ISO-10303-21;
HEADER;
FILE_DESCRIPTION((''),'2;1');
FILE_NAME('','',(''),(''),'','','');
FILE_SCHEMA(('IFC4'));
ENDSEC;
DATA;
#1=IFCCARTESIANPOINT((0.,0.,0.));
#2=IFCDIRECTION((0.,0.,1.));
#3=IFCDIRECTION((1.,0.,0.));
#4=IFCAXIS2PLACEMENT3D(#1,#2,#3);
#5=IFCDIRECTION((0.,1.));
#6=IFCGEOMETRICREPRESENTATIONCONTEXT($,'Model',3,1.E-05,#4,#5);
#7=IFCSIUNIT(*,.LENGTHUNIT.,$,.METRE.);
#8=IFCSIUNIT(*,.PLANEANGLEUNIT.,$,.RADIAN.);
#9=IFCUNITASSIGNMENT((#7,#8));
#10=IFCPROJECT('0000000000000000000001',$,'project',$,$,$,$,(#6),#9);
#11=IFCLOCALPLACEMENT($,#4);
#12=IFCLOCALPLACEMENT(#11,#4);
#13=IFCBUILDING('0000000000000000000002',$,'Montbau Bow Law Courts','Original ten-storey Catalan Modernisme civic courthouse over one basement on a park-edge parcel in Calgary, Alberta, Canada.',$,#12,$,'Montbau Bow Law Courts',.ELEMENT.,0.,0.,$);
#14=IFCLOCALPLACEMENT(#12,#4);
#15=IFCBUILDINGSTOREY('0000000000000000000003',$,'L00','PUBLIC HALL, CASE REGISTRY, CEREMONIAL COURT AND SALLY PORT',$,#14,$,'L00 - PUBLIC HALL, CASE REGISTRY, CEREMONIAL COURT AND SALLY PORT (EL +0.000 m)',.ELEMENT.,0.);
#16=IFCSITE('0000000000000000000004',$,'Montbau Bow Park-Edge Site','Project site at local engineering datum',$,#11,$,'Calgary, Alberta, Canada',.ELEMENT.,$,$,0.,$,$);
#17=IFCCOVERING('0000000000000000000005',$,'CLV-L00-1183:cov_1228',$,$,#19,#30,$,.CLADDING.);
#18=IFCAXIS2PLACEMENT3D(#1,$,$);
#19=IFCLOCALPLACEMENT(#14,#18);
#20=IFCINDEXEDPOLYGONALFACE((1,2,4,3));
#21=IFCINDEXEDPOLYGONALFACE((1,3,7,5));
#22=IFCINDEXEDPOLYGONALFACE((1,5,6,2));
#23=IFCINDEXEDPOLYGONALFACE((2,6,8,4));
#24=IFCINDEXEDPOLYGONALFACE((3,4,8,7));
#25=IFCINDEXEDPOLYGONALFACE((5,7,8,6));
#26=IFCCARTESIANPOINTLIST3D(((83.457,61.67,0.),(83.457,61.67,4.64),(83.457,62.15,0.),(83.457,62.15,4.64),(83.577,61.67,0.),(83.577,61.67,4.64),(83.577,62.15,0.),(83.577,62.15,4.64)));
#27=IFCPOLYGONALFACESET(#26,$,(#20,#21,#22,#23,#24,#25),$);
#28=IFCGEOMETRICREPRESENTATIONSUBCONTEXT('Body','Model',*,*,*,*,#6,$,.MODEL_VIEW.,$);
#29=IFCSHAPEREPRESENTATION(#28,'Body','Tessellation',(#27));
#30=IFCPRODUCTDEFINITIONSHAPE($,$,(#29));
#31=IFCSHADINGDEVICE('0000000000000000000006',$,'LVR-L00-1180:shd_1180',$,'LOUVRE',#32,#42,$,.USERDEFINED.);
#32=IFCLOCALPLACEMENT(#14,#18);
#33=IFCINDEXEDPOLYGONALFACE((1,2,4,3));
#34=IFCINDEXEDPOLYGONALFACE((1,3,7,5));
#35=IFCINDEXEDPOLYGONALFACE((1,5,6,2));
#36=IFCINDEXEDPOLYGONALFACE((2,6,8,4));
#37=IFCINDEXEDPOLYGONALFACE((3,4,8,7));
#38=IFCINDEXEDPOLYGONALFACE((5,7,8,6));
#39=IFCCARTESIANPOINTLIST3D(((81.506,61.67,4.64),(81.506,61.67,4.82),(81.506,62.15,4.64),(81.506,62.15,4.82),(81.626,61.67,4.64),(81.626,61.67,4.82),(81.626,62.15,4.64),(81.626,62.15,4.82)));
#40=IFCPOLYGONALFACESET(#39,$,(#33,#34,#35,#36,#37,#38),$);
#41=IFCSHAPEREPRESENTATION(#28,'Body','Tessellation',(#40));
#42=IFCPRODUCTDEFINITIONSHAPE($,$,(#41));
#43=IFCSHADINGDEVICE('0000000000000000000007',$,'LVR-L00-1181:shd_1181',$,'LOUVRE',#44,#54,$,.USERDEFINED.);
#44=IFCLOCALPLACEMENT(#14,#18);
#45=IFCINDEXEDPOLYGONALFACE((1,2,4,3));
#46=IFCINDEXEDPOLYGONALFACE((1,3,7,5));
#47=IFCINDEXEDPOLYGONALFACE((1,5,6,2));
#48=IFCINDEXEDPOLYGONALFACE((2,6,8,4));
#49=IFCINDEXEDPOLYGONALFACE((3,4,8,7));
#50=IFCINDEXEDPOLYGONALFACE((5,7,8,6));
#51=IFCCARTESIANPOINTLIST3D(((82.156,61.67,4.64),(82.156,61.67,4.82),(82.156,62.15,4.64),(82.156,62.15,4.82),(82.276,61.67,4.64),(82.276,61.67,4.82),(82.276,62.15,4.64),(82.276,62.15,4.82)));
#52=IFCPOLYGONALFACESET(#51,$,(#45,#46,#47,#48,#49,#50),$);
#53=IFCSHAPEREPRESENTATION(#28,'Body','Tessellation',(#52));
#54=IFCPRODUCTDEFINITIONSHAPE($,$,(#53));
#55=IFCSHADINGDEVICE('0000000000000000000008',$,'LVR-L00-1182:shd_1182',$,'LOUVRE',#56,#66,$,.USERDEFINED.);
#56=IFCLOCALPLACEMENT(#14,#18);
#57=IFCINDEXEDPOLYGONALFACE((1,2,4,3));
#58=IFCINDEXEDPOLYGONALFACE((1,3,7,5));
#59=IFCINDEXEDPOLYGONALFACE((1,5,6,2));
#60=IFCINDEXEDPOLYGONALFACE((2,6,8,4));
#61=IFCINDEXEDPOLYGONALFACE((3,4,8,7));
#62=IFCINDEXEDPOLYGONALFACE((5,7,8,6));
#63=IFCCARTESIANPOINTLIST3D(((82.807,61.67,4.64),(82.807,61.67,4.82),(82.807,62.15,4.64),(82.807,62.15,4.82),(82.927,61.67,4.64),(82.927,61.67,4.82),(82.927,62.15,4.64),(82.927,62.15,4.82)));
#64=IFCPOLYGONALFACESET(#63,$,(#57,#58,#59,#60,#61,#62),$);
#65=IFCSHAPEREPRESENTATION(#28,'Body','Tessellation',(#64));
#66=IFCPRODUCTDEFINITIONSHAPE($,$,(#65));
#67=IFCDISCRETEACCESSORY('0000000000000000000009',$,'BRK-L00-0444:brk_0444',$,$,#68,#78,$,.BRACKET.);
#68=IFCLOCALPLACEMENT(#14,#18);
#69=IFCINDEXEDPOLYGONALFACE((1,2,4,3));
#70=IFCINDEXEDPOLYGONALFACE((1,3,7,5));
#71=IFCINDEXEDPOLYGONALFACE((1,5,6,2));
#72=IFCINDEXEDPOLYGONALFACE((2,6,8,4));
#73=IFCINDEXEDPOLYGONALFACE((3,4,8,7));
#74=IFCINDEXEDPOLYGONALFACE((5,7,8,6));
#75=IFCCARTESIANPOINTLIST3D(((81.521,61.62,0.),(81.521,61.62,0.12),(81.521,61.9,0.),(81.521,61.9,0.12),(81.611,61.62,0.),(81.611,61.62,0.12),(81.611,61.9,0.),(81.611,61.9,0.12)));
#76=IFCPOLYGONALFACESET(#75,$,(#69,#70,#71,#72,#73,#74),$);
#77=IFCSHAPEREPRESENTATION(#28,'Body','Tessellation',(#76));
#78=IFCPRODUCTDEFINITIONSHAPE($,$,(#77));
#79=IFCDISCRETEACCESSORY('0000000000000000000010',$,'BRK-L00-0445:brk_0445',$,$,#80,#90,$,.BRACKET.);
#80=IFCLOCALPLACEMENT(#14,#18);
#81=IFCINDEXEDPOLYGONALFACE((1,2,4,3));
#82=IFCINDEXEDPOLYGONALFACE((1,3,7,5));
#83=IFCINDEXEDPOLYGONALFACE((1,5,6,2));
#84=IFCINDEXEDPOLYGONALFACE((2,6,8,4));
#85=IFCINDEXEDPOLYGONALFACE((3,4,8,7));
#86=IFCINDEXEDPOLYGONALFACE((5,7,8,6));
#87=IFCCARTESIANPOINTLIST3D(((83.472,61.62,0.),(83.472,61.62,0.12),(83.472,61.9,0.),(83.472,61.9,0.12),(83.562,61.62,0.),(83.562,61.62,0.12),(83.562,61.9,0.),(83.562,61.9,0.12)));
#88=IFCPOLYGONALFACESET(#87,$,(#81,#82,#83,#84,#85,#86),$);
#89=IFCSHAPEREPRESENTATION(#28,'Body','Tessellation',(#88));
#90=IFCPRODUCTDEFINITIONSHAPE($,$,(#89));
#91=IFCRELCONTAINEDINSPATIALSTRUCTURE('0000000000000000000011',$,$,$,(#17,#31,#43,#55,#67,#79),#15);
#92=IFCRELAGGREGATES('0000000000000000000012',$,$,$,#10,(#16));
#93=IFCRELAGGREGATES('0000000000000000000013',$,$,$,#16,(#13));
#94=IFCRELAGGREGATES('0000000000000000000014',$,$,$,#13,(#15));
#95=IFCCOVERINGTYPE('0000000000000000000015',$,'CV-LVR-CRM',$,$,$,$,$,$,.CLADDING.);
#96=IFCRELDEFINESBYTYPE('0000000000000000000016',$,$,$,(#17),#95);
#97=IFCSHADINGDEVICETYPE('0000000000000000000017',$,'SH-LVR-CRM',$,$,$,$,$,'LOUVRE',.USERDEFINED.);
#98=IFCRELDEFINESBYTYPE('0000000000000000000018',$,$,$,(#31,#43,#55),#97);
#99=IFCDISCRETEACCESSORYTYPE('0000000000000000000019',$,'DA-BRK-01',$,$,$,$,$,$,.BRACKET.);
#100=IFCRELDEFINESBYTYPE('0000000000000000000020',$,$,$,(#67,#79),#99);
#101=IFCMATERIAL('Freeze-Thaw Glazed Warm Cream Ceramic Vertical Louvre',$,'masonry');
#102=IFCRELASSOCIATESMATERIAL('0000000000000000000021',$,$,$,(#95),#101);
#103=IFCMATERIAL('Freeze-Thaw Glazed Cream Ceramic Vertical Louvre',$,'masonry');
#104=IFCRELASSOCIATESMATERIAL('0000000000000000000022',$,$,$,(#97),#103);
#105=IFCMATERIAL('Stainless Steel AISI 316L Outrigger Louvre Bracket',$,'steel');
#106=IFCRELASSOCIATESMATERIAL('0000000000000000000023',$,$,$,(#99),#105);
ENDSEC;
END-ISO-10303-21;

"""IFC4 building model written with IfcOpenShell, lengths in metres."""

from ifc_helpers import new_model, si_unit, direction, frame, frame_2d, origin_with_axes, origin_2d_with_axis, place, context, subcontext, project, spatial, rectangle, extrude, material, type_object, element, save


model = new_model("IFC4")

# Units and contexts
model_context = context("Model", 3, precision=1e-05, world=origin_with_axes(), true_north=direction((0.0, 1.0)))
body_context = subcontext(model_context, "Body", "Model", "MODEL_VIEW")
ifc_project = project(units=[si_unit("LENGTHUNIT", "METRE"), si_unit("PLANEANGLEUNIT", "RADIAN")], contexts=[model_context])

# Site, building, storey
site_placement = place(None, origin_with_axes())
site = spatial("IfcSite", under=ifc_project, at=site_placement, Name="Montbau Bow Park-Edge Site", Description="Project site at local engineering datum", LongName="Calgary, Alberta, Canada", CompositionType="ELEMENT", RefElevation=0.0)
building_placement = place(site_placement, origin_with_axes())
building = spatial("IfcBuilding", under=site, at=building_placement, Name="Montbau Bow Law Courts", Description="Original ten-storey Catalan Modernisme civic courthouse over one basement on a park-edge parcel in Calgary, Alberta, Canada.", LongName="Montbau Bow Law Courts", CompositionType="ELEMENT", ElevationOfRefHeight=0.0, ElevationOfTerrain=0.0)
storey_placement = place(building_placement, origin_with_axes())
storey = spatial("IfcBuildingStorey", under=building, at=storey_placement, Name="L00", Description="PUBLIC HALL, CASE REGISTRY, CEREMONIAL COURT AND SALLY PORT", LongName="L00 - PUBLIC HALL, CASE REGISTRY, CEREMONIAL COURT AND SALLY PORT (EL +0.000 m)", CompositionType="ELEMENT", Elevation=0.0)

# Covering
ifc_material_1 = material(Name="Freeze-Thaw Glazed Warm Cream Ceramic Vertical Louvre", Category="masonry")
covering_type = type_object("IfcCoveringType", Name="CV-LVR-CRM", PredefinedType="CLADDING", material=ifc_material_1)
for number, where, z_axis, x_axis, name in (
    (1, (83.517, 61.67, 0.0), (1.0, 0.0, 0.0), (0.0, 1.0, 0.0), "CLV-L00-1183:cov_1228"),
):
    element("IfcCovering", number, at=place(None, frame(where, z_axis=z_axis, x_axis=x_axis)), inside=storey, type_object=covering_type, Name=name, PredefinedType="CLADDING", context=body_context, shape_type="SweptSolid", body=[
        extrude(rectangle(XDim=0.48, YDim=4.64, at=frame_2d((0.24, 2.32), x_axis=(1.0, 0.0))), frame((0.0, 0.0, -0.06), z_axis=(0.0, 0.0, 1.0), x_axis=(1.0, 0.0, 0.0)), (0.0, 0.0, 1.0), 0.12),
    ])

# Shading devices
ifc_material_2 = material(Name="Freeze-Thaw Glazed Cream Ceramic Vertical Louvre", Category="masonry")
shading_device_type = type_object("IfcShadingDeviceType", Name="SH-LVR-CRM", ElementType="LOUVRE", PredefinedType="USERDEFINED", material=ifc_material_2)
for number, where, z_axis, x_axis, name in (
    (2, (81.566, 61.91, 4.64), (0.0, 0.0, 1.0), (0.0, 1.0, 0.0), "LVR-L00-1180:shd_1180"),
    (3, (82.216, 61.91, 4.64), (0.0, 0.0, 1.0), (0.0, 1.0, 0.0), "LVR-L00-1181:shd_1181"),
    (4, (82.867, 61.91, 4.64), (0.0, 0.0, 1.0), (0.0, 1.0, 0.0), "LVR-L00-1182:shd_1182"),
):
    element("IfcShadingDevice", number, at=place(None, frame(where, z_axis=z_axis, x_axis=x_axis)), inside=storey, type_object=shading_device_type, Name=name, ObjectType="LOUVRE", PredefinedType="USERDEFINED", context=body_context, shape_type="SweptSolid", body=[
        extrude(rectangle(XDim=0.48, YDim=0.12, at=origin_2d_with_axis()), origin_with_axes(), (0.0, 0.0, 1.0), 0.18),
    ])

# Discrete accessories
ifc_material_3 = material(Name="Stainless Steel AISI 316L Outrigger Louvre Bracket", Category="steel")
discrete_accessory_type = type_object("IfcDiscreteAccessoryType", Name="DA-BRK-01", PredefinedType="BRACKET", material=ifc_material_3)
for number, where, z_axis, x_axis, name in (
    (5, (81.566, 61.76, 0.0), (0.0, 0.0, 1.0), (0.0, 1.0, 0.0), "BRK-L00-0444:brk_0444"),
    (6, (83.517, 61.76, 0.0), (0.0, 0.0, 1.0), (0.0, 1.0, 0.0), "BRK-L00-0445:brk_0445"),
):
    element("IfcDiscreteAccessory", number, at=place(None, frame(where, z_axis=z_axis, x_axis=x_axis)), inside=storey, type_object=discrete_accessory_type, Name=name, PredefinedType="BRACKET", context=body_context, shape_type="SweptSolid", body=[
        extrude(rectangle(XDim=0.28, YDim=0.09, at=origin_2d_with_axis()), origin_with_axes(), (0.0, 0.0, 1.0), 0.12),
    ])

save(model, "model.ifc")
